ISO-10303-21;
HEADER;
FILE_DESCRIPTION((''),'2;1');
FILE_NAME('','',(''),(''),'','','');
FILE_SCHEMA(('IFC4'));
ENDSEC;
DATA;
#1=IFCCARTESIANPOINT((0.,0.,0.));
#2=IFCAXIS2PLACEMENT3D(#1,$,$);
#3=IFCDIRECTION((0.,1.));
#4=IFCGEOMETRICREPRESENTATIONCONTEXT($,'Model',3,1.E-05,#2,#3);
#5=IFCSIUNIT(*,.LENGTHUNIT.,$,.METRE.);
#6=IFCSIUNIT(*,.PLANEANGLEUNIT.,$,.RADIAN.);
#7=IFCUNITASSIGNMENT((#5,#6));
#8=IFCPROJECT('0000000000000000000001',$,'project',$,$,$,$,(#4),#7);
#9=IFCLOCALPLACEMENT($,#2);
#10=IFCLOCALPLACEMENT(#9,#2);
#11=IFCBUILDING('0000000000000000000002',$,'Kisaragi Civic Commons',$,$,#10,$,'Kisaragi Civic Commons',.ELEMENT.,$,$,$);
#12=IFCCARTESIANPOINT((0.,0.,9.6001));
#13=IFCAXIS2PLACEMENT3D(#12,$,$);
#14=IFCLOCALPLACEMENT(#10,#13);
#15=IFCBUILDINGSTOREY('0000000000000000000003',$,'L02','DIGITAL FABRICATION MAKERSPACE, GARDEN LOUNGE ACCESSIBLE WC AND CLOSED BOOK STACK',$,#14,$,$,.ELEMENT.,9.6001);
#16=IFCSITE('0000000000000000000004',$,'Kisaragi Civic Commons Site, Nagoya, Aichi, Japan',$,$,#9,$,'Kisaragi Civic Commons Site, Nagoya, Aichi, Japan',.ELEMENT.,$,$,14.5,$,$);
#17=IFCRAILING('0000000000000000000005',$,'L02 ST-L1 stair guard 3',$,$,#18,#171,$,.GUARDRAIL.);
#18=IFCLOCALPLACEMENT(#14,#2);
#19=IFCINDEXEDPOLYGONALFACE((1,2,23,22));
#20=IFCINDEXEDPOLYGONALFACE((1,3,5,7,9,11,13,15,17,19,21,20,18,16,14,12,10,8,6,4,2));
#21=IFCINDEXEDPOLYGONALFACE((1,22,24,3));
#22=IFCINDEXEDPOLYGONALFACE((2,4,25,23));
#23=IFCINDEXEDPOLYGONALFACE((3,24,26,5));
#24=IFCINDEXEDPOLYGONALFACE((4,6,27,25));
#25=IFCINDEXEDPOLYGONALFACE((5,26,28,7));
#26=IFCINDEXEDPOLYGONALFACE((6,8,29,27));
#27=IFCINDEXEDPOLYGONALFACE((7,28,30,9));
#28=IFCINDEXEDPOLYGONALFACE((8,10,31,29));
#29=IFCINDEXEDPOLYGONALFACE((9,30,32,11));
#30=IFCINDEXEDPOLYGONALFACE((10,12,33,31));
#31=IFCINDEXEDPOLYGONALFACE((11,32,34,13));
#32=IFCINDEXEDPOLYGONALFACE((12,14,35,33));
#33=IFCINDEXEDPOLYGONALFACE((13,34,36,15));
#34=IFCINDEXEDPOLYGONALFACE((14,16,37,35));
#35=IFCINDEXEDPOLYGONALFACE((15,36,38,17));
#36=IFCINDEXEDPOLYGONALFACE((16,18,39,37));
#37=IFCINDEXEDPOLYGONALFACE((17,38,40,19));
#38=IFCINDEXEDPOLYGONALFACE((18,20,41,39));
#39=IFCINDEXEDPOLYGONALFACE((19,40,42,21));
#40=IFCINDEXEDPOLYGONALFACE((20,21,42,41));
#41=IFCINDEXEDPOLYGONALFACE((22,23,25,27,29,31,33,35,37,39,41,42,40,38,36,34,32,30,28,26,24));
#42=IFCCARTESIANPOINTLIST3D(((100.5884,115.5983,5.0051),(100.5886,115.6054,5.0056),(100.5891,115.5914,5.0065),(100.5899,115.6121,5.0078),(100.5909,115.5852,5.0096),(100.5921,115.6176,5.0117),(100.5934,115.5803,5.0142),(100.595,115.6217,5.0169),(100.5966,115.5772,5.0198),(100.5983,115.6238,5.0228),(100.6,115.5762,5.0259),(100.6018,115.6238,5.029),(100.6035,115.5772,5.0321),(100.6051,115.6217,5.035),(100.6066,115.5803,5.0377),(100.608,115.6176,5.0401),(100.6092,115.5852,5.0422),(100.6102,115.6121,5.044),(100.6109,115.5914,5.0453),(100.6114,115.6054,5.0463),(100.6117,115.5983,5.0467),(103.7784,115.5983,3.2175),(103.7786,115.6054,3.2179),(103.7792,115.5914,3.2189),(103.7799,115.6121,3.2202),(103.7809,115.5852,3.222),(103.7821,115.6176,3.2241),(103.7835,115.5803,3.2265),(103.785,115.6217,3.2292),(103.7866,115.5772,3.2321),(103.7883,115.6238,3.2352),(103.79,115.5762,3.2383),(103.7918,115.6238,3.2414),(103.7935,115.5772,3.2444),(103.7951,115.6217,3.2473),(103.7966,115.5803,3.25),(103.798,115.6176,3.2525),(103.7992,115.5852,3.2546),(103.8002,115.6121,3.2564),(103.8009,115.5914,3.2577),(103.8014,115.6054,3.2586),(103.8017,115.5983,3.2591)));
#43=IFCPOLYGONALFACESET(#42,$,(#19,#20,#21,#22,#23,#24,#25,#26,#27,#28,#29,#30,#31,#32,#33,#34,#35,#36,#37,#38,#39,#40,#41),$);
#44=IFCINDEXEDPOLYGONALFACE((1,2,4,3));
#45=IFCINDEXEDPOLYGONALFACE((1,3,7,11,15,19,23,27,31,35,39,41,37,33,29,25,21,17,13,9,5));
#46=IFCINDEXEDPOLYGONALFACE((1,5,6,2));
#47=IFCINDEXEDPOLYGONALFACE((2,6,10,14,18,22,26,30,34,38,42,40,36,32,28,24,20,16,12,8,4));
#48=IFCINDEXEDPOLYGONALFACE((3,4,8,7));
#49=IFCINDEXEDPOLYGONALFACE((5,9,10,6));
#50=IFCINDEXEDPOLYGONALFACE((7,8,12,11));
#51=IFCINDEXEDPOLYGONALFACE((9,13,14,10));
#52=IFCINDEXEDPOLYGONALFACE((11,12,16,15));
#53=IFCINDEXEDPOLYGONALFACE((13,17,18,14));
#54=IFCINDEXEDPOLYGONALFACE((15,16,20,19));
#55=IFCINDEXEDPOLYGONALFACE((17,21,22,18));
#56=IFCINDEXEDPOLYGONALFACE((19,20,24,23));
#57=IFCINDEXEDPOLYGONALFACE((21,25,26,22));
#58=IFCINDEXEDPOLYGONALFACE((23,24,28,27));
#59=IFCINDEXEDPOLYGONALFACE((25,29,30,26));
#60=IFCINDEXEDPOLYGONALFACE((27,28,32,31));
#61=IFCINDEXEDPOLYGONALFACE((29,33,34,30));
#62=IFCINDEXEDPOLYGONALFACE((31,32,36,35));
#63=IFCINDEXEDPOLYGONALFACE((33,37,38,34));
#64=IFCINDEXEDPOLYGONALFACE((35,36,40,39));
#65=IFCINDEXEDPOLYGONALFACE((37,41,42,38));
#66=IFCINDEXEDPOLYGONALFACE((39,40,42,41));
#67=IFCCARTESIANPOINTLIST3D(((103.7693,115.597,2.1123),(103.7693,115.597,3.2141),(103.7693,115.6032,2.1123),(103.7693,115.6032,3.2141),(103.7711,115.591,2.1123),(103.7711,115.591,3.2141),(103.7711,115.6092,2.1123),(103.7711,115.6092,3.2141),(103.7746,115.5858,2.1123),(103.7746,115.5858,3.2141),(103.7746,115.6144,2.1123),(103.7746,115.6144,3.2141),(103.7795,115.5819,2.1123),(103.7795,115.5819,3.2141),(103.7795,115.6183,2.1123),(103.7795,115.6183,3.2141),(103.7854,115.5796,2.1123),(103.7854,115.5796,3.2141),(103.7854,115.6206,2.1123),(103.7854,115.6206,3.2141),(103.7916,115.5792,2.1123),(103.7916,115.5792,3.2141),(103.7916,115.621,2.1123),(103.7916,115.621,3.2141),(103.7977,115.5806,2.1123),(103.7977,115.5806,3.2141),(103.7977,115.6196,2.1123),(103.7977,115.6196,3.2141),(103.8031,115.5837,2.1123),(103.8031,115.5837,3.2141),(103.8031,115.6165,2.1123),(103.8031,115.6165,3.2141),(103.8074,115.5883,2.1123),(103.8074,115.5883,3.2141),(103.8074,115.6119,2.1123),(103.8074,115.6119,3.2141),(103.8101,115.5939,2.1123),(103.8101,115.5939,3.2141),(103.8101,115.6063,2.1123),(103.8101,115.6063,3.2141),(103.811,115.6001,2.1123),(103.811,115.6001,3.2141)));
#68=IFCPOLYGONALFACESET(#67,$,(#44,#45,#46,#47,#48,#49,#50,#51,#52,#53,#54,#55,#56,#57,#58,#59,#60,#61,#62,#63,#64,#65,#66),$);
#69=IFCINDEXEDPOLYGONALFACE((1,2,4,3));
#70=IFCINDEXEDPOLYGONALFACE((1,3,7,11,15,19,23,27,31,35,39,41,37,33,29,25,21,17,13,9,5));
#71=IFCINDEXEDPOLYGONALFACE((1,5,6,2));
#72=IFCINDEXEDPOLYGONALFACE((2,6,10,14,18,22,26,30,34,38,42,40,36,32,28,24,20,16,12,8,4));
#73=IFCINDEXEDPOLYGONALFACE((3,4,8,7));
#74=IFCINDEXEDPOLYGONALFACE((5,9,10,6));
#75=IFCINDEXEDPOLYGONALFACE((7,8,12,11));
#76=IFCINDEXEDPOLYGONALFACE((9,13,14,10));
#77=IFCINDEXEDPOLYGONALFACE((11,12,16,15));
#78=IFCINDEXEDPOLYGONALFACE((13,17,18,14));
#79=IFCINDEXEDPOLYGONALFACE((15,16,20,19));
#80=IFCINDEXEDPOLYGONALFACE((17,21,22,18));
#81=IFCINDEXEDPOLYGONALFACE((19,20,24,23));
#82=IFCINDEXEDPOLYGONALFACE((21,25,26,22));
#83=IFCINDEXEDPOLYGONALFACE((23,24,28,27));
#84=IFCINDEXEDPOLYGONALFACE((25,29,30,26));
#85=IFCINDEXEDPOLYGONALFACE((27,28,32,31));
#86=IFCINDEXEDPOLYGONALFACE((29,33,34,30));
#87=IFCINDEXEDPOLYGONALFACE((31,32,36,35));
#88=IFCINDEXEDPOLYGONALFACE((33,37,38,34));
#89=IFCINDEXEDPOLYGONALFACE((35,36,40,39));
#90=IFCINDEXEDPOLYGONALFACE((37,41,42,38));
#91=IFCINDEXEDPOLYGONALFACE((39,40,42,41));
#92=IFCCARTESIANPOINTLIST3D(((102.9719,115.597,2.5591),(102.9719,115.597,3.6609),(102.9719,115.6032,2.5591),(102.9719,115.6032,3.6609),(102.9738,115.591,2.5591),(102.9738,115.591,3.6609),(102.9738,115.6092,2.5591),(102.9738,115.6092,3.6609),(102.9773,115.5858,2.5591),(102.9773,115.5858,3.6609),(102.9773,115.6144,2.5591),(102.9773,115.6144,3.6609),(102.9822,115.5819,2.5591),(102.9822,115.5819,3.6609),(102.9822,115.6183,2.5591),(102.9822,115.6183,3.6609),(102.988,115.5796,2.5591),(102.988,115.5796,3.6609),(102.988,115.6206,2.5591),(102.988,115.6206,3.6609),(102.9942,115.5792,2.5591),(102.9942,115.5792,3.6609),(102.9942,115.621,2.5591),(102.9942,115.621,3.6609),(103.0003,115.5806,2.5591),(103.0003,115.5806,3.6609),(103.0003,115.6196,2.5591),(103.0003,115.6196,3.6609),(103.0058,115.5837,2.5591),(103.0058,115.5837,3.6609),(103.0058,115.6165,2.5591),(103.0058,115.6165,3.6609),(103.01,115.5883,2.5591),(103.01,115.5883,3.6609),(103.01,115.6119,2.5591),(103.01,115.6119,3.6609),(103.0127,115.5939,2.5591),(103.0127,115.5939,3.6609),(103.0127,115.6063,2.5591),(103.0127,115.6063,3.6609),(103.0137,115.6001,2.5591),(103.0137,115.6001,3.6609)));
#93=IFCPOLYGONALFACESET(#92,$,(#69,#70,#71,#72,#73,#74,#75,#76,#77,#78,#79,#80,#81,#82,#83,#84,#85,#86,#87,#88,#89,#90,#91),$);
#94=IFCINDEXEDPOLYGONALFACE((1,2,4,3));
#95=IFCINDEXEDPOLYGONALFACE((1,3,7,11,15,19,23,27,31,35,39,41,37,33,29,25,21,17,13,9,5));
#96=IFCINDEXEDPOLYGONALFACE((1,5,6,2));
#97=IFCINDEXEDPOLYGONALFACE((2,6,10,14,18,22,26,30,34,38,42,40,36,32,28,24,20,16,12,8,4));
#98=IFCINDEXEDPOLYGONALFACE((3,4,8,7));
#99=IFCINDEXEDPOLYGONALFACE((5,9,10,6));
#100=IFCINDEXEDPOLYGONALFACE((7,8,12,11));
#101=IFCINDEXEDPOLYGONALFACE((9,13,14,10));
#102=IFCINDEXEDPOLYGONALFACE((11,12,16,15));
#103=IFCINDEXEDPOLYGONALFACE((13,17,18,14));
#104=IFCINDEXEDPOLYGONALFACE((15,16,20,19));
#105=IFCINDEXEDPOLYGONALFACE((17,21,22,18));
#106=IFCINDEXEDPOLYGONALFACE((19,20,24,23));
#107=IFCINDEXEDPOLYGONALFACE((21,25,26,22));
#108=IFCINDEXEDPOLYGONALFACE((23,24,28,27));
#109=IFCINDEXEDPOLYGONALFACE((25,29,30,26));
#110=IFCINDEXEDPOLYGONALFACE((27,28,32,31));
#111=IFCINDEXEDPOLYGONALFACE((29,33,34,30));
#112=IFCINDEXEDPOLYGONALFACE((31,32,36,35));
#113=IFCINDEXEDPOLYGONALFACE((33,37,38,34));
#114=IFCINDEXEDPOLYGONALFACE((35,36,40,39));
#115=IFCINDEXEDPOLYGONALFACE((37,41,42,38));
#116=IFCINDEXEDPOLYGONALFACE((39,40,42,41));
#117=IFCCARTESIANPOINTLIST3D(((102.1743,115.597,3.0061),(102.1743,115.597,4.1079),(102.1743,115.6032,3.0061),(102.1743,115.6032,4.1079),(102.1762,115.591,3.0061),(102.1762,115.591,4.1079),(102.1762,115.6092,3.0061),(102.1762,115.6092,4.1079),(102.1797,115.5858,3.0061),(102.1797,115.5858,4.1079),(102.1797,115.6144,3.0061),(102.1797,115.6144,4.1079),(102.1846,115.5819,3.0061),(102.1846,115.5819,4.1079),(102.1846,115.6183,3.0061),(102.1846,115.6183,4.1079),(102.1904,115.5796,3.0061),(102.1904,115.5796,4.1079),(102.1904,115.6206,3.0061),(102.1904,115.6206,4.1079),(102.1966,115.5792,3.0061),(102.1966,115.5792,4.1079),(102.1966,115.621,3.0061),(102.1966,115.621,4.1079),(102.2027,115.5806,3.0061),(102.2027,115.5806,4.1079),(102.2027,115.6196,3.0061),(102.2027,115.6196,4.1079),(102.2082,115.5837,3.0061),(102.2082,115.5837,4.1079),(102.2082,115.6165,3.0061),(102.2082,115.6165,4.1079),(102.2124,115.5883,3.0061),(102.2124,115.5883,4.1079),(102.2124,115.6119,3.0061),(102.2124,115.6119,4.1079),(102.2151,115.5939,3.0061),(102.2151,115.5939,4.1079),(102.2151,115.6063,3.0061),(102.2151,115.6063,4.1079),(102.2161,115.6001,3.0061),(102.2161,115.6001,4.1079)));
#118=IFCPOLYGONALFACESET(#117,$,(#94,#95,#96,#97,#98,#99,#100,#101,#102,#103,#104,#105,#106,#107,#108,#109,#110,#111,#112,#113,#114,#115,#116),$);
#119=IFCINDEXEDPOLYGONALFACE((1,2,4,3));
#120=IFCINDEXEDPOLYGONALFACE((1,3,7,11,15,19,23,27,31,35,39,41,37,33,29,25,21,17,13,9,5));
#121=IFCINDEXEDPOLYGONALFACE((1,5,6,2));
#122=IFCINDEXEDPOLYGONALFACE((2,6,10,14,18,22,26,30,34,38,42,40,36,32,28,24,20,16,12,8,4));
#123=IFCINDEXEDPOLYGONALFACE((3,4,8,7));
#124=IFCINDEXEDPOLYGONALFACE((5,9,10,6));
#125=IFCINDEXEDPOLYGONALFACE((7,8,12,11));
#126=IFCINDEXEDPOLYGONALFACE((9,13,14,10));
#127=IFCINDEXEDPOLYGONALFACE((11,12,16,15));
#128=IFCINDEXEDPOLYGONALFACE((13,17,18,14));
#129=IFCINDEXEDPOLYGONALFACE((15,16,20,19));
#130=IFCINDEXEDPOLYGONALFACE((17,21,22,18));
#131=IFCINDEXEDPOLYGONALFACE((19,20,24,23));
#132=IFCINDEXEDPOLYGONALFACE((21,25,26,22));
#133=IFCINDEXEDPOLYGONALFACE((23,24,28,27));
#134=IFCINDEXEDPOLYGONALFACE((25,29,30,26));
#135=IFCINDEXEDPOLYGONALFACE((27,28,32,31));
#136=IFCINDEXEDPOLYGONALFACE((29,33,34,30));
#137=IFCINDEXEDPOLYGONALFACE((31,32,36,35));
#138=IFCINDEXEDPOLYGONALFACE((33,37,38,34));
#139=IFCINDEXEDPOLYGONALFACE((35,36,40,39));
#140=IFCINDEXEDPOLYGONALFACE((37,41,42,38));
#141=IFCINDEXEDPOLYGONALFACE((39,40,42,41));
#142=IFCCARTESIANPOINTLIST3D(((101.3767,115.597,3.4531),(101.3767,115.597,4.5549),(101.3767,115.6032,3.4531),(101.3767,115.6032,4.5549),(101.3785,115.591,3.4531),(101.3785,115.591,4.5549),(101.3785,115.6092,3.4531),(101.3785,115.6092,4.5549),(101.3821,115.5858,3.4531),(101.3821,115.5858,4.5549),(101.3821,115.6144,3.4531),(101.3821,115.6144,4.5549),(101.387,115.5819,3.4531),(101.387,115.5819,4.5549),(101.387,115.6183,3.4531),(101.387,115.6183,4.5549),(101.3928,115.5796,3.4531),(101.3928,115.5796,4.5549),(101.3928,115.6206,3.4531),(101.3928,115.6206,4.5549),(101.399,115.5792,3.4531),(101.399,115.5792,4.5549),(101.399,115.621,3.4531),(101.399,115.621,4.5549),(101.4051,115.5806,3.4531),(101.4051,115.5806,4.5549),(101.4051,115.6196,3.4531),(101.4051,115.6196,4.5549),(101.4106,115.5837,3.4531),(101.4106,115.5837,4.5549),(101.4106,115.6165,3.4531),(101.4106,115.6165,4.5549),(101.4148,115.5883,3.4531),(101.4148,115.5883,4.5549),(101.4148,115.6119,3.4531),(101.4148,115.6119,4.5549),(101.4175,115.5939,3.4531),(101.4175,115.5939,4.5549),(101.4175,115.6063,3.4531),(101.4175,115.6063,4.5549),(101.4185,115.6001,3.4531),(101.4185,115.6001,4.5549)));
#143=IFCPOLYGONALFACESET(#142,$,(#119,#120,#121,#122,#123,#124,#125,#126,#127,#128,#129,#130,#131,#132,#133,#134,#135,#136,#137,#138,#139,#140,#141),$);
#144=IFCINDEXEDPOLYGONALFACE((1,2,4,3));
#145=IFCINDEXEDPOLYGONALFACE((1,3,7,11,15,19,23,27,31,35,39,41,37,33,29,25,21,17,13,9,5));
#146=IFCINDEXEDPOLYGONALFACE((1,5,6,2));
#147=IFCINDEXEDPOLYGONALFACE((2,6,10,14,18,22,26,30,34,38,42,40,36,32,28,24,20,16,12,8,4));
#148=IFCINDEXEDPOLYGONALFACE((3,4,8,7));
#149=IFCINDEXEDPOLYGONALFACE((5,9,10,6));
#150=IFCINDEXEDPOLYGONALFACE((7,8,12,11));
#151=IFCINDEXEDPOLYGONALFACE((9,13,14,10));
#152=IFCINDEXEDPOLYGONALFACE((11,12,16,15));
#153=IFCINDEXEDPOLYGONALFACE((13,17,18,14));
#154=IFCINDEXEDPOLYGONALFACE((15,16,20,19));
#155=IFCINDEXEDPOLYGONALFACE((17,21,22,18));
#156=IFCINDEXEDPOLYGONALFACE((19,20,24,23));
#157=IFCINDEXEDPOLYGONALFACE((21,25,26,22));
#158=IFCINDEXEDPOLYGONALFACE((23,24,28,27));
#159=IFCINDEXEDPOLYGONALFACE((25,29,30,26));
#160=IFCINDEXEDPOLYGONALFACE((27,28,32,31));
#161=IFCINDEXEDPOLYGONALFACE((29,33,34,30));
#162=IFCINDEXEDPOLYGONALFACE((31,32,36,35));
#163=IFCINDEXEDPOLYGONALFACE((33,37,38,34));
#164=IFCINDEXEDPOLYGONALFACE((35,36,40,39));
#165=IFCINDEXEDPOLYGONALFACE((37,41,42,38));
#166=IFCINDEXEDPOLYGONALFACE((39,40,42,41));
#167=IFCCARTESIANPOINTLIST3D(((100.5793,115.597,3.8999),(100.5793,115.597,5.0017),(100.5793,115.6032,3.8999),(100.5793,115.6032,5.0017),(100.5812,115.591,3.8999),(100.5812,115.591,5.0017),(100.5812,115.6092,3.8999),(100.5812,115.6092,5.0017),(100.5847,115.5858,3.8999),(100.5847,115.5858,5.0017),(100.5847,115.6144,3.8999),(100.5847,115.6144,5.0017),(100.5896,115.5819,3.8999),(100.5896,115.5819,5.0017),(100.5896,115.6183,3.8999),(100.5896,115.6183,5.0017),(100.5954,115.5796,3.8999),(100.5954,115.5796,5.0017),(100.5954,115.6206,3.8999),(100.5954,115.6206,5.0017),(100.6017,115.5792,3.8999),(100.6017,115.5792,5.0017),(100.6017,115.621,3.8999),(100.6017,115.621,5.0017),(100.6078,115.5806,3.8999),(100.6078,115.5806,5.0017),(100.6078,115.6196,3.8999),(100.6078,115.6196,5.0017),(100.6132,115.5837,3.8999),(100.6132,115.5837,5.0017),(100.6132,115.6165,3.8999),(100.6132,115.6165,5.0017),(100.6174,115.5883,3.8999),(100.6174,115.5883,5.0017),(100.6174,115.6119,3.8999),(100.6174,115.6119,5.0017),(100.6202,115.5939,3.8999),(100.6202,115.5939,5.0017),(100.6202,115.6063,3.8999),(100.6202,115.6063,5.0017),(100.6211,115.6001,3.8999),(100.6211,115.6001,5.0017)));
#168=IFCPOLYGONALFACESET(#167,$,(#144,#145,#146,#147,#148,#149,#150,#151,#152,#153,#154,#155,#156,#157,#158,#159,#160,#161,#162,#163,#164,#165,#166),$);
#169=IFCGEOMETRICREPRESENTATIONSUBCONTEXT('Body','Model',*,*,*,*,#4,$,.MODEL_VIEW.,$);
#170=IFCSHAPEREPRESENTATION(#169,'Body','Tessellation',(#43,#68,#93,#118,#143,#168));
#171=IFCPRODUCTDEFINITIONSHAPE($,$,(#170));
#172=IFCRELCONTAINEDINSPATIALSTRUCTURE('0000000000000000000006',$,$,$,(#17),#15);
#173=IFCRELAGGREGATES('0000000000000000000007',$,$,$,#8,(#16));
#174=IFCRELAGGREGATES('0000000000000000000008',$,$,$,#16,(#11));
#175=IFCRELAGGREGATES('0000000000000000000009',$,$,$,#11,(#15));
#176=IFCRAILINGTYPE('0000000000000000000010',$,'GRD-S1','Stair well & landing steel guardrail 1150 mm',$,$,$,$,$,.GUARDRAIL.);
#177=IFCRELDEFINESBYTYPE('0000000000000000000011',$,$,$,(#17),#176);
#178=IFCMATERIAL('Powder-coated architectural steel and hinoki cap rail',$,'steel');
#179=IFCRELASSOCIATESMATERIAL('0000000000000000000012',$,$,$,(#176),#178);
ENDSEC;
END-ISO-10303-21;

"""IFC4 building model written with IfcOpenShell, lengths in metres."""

from ifc_helpers import new_model, si_unit, direction, frame, origin, origin_2d, place, context, subcontext, project, spatial, circle, extrude, material, type_object, element, save


model = new_model("IFC4")

# Units and contexts
model_context = context("Model", 3, precision=1e-05, world=origin(), true_north=direction((0.0, 1.0)))
body_context = subcontext(model_context, "Body", "Model", "MODEL_VIEW")
ifc_project = project(units=[si_unit("LENGTHUNIT", "METRE"), si_unit("PLANEANGLEUNIT", "RADIAN")], contexts=[model_context])

# Site, building, storey
site_placement = place(None, origin())
site = spatial("IfcSite", under=ifc_project, at=site_placement, Name="Kisaragi Civic Commons Site, Nagoya, Aichi, Japan", LongName="Kisaragi Civic Commons Site, Nagoya, Aichi, Japan", CompositionType="ELEMENT", RefElevation=14.5)
building_placement = place(site_placement, origin())
building = spatial("IfcBuilding", under=site, at=building_placement, Name="Kisaragi Civic Commons", LongName="Kisaragi Civic Commons", CompositionType="ELEMENT")
storey_placement = place(building_placement, frame((0.0, 0.0, 9.6001)))
storey = spatial("IfcBuildingStorey", under=building, at=storey_placement, Name="L02", Description="DIGITAL FABRICATION MAKERSPACE, GARDEN LOUNGE ACCESSIBLE WC AND CLOSED BOOK STACK", CompositionType="ELEMENT", Elevation=9.6001)

# Railing
ifc_material_1 = material(Name="Powder-coated architectural steel and hinoki cap rail", Category="steel")
railing_type_1 = type_object("IfcRailingType", Name="GRD-S1", Description="Stair well & landing steel guardrail 1150 mm", PredefinedType="GUARDRAIL", material=ifc_material_1)
railing_1_placement = place(storey_placement, frame((103.79, 115.6001, 2.1123)))
element("IfcRailing", 1, at=railing_1_placement, inside=storey, type_object=railing_type_1, Name="L02 ST-L1 stair guard 3", PredefinedType="GUARDRAIL", context=body_context, shape_type="SweptSolid", body=[
    extrude(circle(Radius=0.0239, at=origin_2d()), frame((0.0, 0.0, 1.126), z_axis=(-0.872363, 0.0, 0.48886), x_axis=(0.0, -1.0, 0.0)), (0.0, 0.0, 1.0), 3.6567),
    extrude(circle(Radius=0.021, at=origin_2d()), origin(), (0.0, 0.0, 1.0), 1.1018),
    extrude(circle(Radius=0.021, at=origin_2d()), frame((-0.7974, 0.0, 0.4468)), (0.0, 0.0, 1.0), 1.1018),
    extrude(circle(Radius=0.021, at=origin_2d()), frame((-1.595, 0.0, 0.8938)), (0.0, 0.0, 1.0), 1.1018),
    extrude(circle(Radius=0.021, at=origin_2d()), frame((-2.3926, 0.0, 1.3408)), (0.0, 0.0, 1.0), 1.1018),
    extrude(circle(Radius=0.021, at=origin_2d()), frame((-3.1899, 0.0, 1.7876)), (0.0, 0.0, 1.0), 1.1018),
])

save(model, "model.ifc")
